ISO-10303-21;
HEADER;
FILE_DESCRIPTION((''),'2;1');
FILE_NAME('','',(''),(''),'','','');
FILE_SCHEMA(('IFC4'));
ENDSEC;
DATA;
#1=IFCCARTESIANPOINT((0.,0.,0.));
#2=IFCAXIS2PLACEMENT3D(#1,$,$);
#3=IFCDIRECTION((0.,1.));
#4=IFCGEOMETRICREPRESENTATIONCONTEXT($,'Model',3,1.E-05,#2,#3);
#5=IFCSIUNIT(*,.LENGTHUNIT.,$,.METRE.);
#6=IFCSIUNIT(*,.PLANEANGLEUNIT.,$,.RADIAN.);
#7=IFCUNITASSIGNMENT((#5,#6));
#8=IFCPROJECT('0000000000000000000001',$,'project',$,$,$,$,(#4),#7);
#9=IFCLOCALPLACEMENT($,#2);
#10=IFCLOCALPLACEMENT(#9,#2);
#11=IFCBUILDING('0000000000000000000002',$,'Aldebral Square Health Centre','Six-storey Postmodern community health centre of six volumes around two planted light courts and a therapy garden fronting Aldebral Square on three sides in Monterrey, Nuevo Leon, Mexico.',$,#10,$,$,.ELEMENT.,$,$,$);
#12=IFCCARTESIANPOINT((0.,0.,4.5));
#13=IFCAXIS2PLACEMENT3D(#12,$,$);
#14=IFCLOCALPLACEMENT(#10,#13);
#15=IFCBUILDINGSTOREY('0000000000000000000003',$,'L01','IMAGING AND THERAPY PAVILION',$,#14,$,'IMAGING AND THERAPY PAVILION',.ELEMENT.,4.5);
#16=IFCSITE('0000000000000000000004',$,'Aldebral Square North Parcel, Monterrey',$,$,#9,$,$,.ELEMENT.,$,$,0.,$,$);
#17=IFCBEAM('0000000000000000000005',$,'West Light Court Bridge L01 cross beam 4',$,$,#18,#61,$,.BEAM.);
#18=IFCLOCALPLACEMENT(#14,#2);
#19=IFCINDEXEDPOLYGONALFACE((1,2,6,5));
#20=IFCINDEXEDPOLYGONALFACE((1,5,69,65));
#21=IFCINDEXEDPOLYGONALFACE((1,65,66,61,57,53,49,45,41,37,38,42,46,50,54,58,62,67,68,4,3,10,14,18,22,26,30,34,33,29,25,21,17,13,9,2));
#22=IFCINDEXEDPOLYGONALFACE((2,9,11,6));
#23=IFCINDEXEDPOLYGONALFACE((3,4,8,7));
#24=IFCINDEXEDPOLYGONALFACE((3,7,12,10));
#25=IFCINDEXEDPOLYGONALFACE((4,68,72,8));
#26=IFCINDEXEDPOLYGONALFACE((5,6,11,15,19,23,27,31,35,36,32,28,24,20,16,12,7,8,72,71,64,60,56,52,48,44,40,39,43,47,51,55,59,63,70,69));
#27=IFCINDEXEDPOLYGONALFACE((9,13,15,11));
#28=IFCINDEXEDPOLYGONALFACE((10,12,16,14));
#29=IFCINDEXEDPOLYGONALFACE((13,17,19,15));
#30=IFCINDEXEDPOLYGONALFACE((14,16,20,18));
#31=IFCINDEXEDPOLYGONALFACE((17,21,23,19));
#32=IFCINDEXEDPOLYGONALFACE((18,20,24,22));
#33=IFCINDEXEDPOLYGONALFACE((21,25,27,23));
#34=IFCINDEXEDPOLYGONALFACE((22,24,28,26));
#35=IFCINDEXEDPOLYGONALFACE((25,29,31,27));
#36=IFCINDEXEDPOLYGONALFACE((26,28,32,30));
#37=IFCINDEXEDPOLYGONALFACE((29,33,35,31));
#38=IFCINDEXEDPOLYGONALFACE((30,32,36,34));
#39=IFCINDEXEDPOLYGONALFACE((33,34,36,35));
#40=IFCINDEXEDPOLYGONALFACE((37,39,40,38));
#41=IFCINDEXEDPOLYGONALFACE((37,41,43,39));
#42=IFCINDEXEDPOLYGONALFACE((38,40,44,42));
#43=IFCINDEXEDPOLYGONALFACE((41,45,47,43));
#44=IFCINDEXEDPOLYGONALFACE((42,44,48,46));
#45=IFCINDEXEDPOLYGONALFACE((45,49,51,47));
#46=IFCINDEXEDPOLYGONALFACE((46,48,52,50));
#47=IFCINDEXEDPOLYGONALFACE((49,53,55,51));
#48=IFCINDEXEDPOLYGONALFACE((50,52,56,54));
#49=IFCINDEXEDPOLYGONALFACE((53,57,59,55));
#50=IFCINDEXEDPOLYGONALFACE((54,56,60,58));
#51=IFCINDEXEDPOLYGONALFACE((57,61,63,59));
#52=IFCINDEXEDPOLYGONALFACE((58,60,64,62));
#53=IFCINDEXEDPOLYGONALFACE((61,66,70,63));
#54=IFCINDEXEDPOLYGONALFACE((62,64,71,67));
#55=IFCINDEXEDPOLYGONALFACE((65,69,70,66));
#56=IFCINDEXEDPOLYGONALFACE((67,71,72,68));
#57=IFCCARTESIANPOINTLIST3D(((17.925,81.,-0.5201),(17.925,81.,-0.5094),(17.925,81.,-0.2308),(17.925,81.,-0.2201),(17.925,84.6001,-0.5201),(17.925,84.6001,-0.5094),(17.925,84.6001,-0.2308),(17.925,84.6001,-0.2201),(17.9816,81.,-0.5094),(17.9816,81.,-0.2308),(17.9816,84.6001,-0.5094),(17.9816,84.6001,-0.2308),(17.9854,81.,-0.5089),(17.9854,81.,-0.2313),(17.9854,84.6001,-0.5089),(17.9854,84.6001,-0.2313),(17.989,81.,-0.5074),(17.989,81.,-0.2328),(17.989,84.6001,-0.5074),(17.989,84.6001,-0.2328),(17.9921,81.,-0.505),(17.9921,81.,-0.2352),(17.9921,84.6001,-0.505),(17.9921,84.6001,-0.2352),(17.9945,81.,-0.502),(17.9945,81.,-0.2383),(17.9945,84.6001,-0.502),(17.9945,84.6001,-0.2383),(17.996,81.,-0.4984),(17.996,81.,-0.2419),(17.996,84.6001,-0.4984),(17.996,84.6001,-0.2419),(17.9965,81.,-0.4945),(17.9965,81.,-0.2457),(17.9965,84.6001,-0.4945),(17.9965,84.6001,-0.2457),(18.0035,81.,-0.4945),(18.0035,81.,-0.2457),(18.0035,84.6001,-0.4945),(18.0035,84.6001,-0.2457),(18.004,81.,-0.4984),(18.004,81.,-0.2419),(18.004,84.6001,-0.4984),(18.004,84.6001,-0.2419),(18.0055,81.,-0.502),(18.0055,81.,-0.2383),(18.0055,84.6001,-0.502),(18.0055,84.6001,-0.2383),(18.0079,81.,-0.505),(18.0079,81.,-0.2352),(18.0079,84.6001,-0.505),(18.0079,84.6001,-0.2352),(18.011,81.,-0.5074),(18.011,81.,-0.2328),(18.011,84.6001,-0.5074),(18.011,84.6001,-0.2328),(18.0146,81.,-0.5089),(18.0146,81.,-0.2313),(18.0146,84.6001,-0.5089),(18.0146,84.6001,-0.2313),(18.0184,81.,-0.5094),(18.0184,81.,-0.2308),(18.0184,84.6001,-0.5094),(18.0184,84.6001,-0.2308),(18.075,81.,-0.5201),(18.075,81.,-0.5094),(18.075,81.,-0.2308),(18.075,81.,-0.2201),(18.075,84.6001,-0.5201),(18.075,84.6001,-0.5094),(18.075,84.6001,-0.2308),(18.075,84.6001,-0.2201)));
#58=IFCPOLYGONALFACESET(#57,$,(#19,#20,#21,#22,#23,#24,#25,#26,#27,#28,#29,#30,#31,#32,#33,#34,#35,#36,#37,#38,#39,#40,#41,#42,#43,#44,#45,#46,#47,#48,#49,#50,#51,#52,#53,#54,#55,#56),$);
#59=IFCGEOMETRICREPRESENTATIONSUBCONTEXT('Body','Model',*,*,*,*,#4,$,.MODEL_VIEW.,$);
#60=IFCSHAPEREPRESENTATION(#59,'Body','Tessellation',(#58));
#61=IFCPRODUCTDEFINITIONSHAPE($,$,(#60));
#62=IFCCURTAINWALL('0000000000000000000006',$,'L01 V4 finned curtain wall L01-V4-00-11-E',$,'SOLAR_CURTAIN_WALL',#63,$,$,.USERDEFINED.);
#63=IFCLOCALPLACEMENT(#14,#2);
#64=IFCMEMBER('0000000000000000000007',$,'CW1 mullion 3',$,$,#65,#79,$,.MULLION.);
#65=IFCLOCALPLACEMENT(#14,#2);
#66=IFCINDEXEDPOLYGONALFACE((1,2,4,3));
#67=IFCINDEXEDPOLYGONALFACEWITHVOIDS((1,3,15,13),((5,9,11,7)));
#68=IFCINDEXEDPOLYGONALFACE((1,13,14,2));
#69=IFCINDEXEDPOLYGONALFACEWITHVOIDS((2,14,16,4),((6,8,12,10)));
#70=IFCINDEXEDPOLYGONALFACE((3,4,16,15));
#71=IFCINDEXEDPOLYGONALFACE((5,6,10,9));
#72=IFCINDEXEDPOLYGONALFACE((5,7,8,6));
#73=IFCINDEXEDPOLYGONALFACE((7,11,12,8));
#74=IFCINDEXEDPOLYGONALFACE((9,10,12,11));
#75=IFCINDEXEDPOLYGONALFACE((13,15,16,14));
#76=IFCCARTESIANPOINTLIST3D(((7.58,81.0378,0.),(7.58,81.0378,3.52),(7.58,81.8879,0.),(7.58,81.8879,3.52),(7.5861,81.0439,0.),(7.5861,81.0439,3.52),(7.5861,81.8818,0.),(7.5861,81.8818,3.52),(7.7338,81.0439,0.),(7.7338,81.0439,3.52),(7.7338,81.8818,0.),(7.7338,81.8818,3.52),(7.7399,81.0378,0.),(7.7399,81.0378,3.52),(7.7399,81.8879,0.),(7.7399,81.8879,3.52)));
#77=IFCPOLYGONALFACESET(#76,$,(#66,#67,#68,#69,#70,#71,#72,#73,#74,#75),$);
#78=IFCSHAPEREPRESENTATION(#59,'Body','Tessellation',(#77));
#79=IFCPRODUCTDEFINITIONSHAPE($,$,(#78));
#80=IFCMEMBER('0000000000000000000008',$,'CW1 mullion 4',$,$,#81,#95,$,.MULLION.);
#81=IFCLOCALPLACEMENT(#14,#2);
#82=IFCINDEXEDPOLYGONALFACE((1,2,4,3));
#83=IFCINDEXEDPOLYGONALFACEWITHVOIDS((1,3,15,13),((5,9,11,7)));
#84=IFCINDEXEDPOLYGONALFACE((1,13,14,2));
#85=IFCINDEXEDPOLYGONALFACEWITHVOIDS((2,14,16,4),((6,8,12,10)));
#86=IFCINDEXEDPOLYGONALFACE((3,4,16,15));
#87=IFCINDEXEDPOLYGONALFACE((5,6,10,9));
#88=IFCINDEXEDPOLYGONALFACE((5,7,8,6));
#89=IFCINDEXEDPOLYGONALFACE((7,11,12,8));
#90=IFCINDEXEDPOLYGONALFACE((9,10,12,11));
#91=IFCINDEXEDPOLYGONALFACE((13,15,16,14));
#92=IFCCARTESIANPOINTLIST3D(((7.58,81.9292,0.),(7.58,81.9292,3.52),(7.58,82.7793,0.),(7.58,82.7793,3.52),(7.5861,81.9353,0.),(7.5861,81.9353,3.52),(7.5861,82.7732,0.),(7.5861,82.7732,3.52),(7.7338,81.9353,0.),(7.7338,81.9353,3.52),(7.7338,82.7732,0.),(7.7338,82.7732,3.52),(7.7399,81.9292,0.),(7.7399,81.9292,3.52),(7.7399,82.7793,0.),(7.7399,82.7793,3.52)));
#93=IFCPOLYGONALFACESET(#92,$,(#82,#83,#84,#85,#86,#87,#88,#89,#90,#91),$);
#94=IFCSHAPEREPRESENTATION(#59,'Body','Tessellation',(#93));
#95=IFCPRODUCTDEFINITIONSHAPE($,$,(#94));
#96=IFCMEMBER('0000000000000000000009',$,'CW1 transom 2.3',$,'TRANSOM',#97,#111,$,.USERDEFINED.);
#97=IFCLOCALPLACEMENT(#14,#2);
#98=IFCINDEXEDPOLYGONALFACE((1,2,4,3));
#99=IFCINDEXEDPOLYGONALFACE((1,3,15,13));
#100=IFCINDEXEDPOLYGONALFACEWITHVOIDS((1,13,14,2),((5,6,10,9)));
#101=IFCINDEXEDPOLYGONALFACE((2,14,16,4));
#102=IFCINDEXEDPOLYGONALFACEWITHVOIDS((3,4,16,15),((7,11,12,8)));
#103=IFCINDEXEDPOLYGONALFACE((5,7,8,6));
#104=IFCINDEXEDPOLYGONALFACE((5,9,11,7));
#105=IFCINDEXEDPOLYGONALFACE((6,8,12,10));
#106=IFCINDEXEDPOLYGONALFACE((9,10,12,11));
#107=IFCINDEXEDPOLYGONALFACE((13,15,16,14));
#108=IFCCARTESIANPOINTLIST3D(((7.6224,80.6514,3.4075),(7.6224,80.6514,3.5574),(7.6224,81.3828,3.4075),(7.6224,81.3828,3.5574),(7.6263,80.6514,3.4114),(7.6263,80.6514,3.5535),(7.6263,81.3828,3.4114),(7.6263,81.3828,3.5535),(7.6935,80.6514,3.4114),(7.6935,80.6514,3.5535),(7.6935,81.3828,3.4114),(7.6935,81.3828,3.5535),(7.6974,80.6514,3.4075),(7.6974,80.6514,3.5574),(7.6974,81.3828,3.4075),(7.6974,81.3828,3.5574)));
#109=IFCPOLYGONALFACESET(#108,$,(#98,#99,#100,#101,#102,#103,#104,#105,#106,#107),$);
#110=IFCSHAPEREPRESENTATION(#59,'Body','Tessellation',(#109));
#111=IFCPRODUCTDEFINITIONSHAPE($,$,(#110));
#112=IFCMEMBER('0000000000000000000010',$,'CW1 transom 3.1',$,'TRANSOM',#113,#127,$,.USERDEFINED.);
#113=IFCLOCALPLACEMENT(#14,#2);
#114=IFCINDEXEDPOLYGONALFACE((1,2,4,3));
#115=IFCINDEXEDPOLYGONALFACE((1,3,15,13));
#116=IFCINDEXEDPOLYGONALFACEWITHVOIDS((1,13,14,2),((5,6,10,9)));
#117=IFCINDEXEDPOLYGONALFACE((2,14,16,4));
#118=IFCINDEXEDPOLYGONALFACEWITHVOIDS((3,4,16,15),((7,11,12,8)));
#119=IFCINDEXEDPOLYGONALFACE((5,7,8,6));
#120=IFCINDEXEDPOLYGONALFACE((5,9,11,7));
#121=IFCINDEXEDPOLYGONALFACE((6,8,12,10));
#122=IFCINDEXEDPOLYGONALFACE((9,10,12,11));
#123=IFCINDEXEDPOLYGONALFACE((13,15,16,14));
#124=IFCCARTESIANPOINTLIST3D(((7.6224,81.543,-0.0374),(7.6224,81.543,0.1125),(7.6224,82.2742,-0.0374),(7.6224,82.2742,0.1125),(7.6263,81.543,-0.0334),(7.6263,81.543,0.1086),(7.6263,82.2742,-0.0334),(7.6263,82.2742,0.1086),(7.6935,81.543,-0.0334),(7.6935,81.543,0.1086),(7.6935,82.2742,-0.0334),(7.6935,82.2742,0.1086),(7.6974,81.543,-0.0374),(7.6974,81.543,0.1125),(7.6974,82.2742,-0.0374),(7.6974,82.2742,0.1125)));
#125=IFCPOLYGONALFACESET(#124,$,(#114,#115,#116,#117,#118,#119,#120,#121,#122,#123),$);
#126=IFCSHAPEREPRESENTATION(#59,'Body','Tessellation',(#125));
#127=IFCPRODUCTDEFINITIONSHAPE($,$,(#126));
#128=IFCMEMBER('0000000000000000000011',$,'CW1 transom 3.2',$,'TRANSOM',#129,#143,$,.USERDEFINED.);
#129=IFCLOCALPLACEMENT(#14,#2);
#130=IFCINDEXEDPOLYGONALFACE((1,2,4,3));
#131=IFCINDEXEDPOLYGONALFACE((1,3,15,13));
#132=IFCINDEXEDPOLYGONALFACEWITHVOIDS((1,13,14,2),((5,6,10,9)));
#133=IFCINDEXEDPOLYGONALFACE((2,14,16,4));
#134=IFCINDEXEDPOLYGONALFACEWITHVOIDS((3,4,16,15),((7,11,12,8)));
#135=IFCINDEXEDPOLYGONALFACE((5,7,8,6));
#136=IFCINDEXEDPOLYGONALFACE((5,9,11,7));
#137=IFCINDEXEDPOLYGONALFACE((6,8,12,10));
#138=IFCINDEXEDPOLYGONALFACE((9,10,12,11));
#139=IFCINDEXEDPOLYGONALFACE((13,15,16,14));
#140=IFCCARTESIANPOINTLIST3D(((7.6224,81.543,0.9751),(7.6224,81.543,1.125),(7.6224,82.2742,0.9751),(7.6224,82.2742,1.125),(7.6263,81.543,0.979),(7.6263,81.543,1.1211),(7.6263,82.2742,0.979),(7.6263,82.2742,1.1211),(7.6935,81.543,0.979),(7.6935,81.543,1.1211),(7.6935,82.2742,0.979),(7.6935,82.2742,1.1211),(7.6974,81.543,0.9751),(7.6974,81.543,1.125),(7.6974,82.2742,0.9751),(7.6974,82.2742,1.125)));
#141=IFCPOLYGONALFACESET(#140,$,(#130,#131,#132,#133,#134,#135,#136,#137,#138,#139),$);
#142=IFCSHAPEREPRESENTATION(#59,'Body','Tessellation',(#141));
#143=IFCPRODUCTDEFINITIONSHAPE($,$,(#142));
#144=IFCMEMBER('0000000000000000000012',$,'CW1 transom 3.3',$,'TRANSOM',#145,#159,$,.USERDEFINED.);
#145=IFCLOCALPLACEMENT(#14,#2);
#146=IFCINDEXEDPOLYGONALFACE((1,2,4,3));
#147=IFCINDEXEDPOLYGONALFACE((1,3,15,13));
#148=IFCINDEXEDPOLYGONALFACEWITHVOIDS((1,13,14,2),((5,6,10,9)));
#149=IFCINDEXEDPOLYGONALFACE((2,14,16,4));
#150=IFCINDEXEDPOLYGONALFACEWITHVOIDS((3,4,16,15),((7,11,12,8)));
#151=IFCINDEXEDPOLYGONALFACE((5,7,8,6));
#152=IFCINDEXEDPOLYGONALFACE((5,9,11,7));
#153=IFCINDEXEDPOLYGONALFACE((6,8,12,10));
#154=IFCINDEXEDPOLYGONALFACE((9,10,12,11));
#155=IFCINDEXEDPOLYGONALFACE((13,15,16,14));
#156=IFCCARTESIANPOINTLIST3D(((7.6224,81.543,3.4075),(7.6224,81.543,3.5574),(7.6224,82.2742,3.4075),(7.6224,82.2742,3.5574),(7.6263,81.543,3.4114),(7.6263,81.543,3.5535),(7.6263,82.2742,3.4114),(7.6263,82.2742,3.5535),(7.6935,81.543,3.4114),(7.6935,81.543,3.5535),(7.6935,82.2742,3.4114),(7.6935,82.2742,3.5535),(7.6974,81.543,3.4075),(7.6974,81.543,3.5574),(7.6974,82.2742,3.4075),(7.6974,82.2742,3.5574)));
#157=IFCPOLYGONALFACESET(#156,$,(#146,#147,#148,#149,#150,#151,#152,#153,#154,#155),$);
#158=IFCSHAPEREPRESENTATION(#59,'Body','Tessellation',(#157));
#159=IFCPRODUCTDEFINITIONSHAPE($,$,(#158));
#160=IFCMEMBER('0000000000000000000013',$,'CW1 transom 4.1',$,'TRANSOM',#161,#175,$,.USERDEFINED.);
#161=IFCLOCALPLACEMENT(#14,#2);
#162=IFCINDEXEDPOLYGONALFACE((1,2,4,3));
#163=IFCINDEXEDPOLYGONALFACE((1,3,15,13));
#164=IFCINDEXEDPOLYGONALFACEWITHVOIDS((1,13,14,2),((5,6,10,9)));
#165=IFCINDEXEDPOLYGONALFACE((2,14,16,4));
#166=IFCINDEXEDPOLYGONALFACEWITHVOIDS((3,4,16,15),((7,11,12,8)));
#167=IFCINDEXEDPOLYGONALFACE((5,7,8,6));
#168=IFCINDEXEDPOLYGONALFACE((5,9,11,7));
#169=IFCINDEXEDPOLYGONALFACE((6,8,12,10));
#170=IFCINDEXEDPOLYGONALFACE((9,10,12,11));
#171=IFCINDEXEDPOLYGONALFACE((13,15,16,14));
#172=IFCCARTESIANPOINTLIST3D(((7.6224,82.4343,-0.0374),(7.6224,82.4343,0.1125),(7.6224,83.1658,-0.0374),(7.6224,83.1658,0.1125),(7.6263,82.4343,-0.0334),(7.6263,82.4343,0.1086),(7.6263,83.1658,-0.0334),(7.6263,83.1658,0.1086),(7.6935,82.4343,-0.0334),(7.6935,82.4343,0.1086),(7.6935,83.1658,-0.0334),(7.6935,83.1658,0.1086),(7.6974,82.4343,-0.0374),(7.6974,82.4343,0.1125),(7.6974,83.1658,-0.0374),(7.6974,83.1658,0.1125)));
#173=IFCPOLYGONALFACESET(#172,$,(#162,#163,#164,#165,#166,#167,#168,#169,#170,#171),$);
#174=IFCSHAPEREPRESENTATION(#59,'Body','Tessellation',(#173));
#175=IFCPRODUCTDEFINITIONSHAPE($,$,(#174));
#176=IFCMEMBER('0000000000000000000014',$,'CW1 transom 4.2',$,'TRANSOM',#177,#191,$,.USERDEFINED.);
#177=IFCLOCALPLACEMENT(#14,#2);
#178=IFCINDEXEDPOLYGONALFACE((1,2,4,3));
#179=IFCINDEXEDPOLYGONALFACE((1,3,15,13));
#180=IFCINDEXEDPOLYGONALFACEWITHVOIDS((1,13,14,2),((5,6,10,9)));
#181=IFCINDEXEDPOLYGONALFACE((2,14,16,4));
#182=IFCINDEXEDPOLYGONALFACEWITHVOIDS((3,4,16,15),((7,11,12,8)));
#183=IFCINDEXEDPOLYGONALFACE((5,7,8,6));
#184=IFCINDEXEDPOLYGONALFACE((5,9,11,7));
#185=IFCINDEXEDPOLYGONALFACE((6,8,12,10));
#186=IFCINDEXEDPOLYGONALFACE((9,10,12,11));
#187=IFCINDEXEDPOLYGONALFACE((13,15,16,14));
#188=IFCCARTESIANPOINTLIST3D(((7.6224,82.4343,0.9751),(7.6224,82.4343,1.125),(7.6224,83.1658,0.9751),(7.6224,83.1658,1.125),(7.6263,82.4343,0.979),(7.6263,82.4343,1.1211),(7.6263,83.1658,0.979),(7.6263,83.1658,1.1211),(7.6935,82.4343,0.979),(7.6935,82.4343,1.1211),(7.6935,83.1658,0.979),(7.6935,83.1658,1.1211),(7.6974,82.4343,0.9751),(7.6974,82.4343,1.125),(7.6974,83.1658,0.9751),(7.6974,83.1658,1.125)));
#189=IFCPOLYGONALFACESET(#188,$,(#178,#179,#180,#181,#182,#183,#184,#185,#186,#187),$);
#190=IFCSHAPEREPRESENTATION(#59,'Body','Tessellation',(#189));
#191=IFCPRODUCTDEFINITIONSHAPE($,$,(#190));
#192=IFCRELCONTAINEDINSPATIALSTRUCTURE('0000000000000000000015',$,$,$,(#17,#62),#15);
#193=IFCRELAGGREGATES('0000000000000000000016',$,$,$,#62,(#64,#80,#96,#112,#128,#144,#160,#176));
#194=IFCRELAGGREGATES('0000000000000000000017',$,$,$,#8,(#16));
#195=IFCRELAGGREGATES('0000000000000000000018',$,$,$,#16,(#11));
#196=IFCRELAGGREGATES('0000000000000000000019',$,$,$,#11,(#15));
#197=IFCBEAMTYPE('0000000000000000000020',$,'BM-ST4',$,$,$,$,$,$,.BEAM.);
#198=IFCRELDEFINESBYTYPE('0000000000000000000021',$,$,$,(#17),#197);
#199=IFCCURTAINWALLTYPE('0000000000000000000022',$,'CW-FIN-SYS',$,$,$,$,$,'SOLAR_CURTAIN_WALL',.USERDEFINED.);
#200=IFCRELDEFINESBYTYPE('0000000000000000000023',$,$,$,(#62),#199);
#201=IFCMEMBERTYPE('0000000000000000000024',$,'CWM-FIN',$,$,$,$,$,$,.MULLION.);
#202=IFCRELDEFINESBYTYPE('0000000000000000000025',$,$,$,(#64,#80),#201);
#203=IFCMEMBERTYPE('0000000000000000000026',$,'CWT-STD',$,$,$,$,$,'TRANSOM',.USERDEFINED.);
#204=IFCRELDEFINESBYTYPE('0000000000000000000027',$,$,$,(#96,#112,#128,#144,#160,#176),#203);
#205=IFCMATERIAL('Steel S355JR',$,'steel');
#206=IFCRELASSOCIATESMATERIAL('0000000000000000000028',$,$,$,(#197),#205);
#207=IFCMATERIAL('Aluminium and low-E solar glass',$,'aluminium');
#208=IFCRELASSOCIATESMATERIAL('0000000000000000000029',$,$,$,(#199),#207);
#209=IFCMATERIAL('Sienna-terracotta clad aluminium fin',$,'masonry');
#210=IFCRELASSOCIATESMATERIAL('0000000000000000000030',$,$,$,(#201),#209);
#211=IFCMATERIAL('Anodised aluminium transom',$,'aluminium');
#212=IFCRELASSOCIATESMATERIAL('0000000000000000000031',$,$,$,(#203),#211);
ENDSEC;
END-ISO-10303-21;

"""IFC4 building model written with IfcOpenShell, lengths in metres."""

from ifc_helpers import new_model, si_unit, direction, frame, origin, origin_2d, place, context, subcontext, project, spatial, hollow_rectangle, i_section, extrude, material, material_profile, profile_set, type_object, element, aggregate, save


model = new_model("IFC4")

# Units and contexts
model_context = context("Model", 3, precision=1e-05, world=origin(), true_north=direction((0.0, 1.0)))
body_context = subcontext(model_context, "Body", "Model", "MODEL_VIEW")
ifc_project = project(units=[si_unit("LENGTHUNIT", "METRE"), si_unit("PLANEANGLEUNIT", "RADIAN")], contexts=[model_context])

# Site, building, storey
site_placement = place(None, origin())
site = spatial("IfcSite", under=ifc_project, at=site_placement, Name="Aldebral Square North Parcel, Monterrey", CompositionType="ELEMENT", RefElevation=0.0)
building_placement = place(site_placement, origin())
building = spatial("IfcBuilding", under=site, at=building_placement, Name="Aldebral Square Health Centre", Description="Six-storey Postmodern community health centre of six volumes around two planted light courts and a therapy garden fronting Aldebral Square on three sides in Monterrey, Nuevo Leon, Mexico.", CompositionType="ELEMENT")
storey_placement = place(building_placement, frame((0.0, 0.0, 4.5)))
storey = spatial("IfcBuildingStorey", under=building, at=storey_placement, Name="L01", Description="IMAGING AND THERAPY PAVILION", LongName="IMAGING AND THERAPY PAVILION", CompositionType="ELEMENT", Elevation=4.5)

# Shared definitions
ifc_material_1 = material(Name="Steel S355JR", Category="steel")

# Beam
ifc_material_profile_1 = material_profile(ifc_material_1, i_section(OverallWidth=0.1499, OverallDepth=0.3, WebThickness=0.0071, FlangeThickness=0.0107, FilletRadius=0.0149, at=origin_2d()), Name="IPE 300")
ifc_profile_set_1 = profile_set([ifc_material_profile_1], Name="Steel S355JR")
beam_type_1 = type_object("IfcBeamType", Name="BM-ST4", PredefinedType="BEAM", material=ifc_profile_set_1)
for number, where, z_axis, x_axis, name in (
    (1, (18.0, 81.0, -0.3701), (0.0, 1.0, 0.0), (-1.0, 0.0, 0.0), "West Light Court Bridge L01 cross beam 4"),
):
    element("IfcBeam", number, at=place(storey_placement, frame(where, z_axis=z_axis, x_axis=x_axis)), inside=storey, type_object=beam_type_1, Name=name, PredefinedType="BEAM", context=body_context, shape_type="SweptSolid", body=[
        extrude(i_section(OverallWidth=0.1499, OverallDepth=0.3, WebThickness=0.0071, FlangeThickness=0.0107, FilletRadius=0.0149, at=origin_2d()), origin(), (0.0, 0.0, 1.0), 3.6001),
    ])

# Curtain wall, members
ifc_material_2 = material(Name="Aluminium and low-E solar glass", Category="aluminium")
curtain_wall_type = type_object("IfcCurtainWallType", Name="CW-FIN-SYS", ElementType="SOLAR_CURTAIN_WALL", PredefinedType="USERDEFINED", material=ifc_material_2)
curtain_wall_placement = place(storey_placement, origin())
curtain_wall = element("IfcCurtainWall", 2, at=curtain_wall_placement, inside=storey, type_object=curtain_wall_type, Name="L01 V4 finned curtain wall L01-V4-00-11-E", ObjectType="SOLAR_CURTAIN_WALL", PredefinedType="USERDEFINED")
ifc_material_3 = material(Name="Sienna-terracotta clad aluminium fin", Category="masonry")
ifc_material_profile_2 = material_profile(ifc_material_3, hollow_rectangle(XDim=0.1599, YDim=0.8501, WallThickness=0.0061, at=origin_2d()), Name="FIN 160x850x6")
ifc_profile_set_2 = profile_set([ifc_material_profile_2], Name="Sienna-terracotta clad aluminium fin")
member_type_1 = type_object("IfcMemberType", Name="CWM-FIN", PredefinedType="MULLION", material=ifc_profile_set_2)
member_1_placement = place(storey_placement, frame((7.6599, 81.4629, 0.0), z_axis=(0.0, 0.0, 1.0), x_axis=(-1.0, 0.0, 0.0)))
member_1 = element("IfcMember", 3, at=member_1_placement, type_object=member_type_1, Name="CW1 mullion 3", PredefinedType="MULLION", context=body_context, shape_type="SweptSolid", body=[
    extrude(hollow_rectangle(XDim=0.1599, YDim=0.8501, WallThickness=0.0061, at=origin_2d()), origin(), (0.0, 0.0, 1.0), 3.52),
])
member_2_placement = place(storey_placement, frame((7.6599, 82.3542, 0.0), z_axis=(0.0, 0.0, 1.0), x_axis=(-1.0, 0.0, 0.0)))
member_2 = element("IfcMember", 4, at=member_2_placement, type_object=member_type_1, Name="CW1 mullion 4", PredefinedType="MULLION", context=body_context, shape_type="SweptSolid", body=[
    extrude(hollow_rectangle(XDim=0.1599, YDim=0.8501, WallThickness=0.0061, at=origin_2d()), origin(), (0.0, 0.0, 1.0), 3.52),
])
ifc_material_4 = material(Name="Anodised aluminium transom", Category="aluminium")
ifc_material_profile_3 = material_profile(ifc_material_4, hollow_rectangle(XDim=0.075, YDim=0.1499, WallThickness=0.0039, at=origin_2d()), Name="CWT 75x150x4")
ifc_profile_set_3 = profile_set([ifc_material_profile_3], Name="Anodised aluminium transom")
member_type_2 = type_object("IfcMemberType", Name="CWT-STD", ElementType="TRANSOM", PredefinedType="USERDEFINED", material=ifc_profile_set_3)
member_3_placement = place(storey_placement, frame((7.6599, 80.6514, 3.4824), z_axis=(0.0, 1.0, 0.0), x_axis=(-1.0, 0.0, 0.0)))
member_3 = element("IfcMember", 5, at=member_3_placement, type_object=member_type_2, Name="CW1 transom 2.3", ObjectType="TRANSOM", PredefinedType="USERDEFINED", context=body_context, shape_type="SweptSolid", body=[
    extrude(hollow_rectangle(XDim=0.075, YDim=0.1499, WallThickness=0.0039, at=origin_2d()), origin(), (0.0, 0.0, 1.0), 0.7314),
])
member_4_placement = place(storey_placement, frame((7.6599, 81.543, 0.0376), z_axis=(0.0, 1.0, 0.0), x_axis=(-1.0, 0.0, 0.0)))
member_4 = element("IfcMember", 6, at=member_4_placement, type_object=member_type_2, Name="CW1 transom 3.1", ObjectType="TRANSOM", PredefinedType="USERDEFINED", context=body_context, shape_type="SweptSolid", body=[
    extrude(hollow_rectangle(XDim=0.075, YDim=0.1499, WallThickness=0.0039, at=origin_2d()), origin(), (0.0, 0.0, 1.0), 0.7312),
])
member_5_placement = place(storey_placement, frame((7.6599, 81.543, 1.05), z_axis=(0.0, 1.0, 0.0), x_axis=(-1.0, 0.0, 0.0)))
member_5 = element("IfcMember", 7, at=member_5_placement, type_object=member_type_2, Name="CW1 transom 3.2", ObjectType="TRANSOM", PredefinedType="USERDEFINED", context=body_context, shape_type="SweptSolid", body=[
    extrude(hollow_rectangle(XDim=0.075, YDim=0.1499, WallThickness=0.0039, at=origin_2d()), origin(), (0.0, 0.0, 1.0), 0.7312),
])
member_6_placement = place(storey_placement, frame((7.6599, 81.543, 3.4824), z_axis=(0.0, 1.0, 0.0), x_axis=(-1.0, 0.0, 0.0)))
member_6 = element("IfcMember", 8, at=member_6_placement, type_object=member_type_2, Name="CW1 transom 3.3", ObjectType="TRANSOM", PredefinedType="USERDEFINED", context=body_context, shape_type="SweptSolid", body=[
    extrude(hollow_rectangle(XDim=0.075, YDim=0.1499, WallThickness=0.0039, at=origin_2d()), origin(), (0.0, 0.0, 1.0), 0.7312),
])
member_7_placement = place(storey_placement, frame((7.6599, 82.4343, 0.0376), z_axis=(0.0, 1.0, 0.0), x_axis=(-1.0, 0.0, 0.0)))
member_7 = element("IfcMember", 9, at=member_7_placement, type_object=member_type_2, Name="CW1 transom 4.1", ObjectType="TRANSOM", PredefinedType="USERDEFINED", context=body_context, shape_type="SweptSolid", body=[
    extrude(hollow_rectangle(XDim=0.075, YDim=0.1499, WallThickness=0.0039, at=origin_2d()), origin(), (0.0, 0.0, 1.0), 0.7314),
])
member_8_placement = place(storey_placement, frame((7.6599, 82.4343, 1.05), z_axis=(0.0, 1.0, 0.0), x_axis=(-1.0, 0.0, 0.0)))
member_8 = element("IfcMember", 10, at=member_8_placement, type_object=member_type_2, Name="CW1 transom 4.2", ObjectType="TRANSOM", PredefinedType="USERDEFINED", context=body_context, shape_type="SweptSolid", body=[
    extrude(hollow_rectangle(XDim=0.075, YDim=0.1499, WallThickness=0.0039, at=origin_2d()), origin(), (0.0, 0.0, 1.0), 0.7314),
])

aggregate(curtain_wall, [member_1, member_2, member_3, member_4, member_5, member_6, member_7, member_8])

save(model, "model.ifc")
